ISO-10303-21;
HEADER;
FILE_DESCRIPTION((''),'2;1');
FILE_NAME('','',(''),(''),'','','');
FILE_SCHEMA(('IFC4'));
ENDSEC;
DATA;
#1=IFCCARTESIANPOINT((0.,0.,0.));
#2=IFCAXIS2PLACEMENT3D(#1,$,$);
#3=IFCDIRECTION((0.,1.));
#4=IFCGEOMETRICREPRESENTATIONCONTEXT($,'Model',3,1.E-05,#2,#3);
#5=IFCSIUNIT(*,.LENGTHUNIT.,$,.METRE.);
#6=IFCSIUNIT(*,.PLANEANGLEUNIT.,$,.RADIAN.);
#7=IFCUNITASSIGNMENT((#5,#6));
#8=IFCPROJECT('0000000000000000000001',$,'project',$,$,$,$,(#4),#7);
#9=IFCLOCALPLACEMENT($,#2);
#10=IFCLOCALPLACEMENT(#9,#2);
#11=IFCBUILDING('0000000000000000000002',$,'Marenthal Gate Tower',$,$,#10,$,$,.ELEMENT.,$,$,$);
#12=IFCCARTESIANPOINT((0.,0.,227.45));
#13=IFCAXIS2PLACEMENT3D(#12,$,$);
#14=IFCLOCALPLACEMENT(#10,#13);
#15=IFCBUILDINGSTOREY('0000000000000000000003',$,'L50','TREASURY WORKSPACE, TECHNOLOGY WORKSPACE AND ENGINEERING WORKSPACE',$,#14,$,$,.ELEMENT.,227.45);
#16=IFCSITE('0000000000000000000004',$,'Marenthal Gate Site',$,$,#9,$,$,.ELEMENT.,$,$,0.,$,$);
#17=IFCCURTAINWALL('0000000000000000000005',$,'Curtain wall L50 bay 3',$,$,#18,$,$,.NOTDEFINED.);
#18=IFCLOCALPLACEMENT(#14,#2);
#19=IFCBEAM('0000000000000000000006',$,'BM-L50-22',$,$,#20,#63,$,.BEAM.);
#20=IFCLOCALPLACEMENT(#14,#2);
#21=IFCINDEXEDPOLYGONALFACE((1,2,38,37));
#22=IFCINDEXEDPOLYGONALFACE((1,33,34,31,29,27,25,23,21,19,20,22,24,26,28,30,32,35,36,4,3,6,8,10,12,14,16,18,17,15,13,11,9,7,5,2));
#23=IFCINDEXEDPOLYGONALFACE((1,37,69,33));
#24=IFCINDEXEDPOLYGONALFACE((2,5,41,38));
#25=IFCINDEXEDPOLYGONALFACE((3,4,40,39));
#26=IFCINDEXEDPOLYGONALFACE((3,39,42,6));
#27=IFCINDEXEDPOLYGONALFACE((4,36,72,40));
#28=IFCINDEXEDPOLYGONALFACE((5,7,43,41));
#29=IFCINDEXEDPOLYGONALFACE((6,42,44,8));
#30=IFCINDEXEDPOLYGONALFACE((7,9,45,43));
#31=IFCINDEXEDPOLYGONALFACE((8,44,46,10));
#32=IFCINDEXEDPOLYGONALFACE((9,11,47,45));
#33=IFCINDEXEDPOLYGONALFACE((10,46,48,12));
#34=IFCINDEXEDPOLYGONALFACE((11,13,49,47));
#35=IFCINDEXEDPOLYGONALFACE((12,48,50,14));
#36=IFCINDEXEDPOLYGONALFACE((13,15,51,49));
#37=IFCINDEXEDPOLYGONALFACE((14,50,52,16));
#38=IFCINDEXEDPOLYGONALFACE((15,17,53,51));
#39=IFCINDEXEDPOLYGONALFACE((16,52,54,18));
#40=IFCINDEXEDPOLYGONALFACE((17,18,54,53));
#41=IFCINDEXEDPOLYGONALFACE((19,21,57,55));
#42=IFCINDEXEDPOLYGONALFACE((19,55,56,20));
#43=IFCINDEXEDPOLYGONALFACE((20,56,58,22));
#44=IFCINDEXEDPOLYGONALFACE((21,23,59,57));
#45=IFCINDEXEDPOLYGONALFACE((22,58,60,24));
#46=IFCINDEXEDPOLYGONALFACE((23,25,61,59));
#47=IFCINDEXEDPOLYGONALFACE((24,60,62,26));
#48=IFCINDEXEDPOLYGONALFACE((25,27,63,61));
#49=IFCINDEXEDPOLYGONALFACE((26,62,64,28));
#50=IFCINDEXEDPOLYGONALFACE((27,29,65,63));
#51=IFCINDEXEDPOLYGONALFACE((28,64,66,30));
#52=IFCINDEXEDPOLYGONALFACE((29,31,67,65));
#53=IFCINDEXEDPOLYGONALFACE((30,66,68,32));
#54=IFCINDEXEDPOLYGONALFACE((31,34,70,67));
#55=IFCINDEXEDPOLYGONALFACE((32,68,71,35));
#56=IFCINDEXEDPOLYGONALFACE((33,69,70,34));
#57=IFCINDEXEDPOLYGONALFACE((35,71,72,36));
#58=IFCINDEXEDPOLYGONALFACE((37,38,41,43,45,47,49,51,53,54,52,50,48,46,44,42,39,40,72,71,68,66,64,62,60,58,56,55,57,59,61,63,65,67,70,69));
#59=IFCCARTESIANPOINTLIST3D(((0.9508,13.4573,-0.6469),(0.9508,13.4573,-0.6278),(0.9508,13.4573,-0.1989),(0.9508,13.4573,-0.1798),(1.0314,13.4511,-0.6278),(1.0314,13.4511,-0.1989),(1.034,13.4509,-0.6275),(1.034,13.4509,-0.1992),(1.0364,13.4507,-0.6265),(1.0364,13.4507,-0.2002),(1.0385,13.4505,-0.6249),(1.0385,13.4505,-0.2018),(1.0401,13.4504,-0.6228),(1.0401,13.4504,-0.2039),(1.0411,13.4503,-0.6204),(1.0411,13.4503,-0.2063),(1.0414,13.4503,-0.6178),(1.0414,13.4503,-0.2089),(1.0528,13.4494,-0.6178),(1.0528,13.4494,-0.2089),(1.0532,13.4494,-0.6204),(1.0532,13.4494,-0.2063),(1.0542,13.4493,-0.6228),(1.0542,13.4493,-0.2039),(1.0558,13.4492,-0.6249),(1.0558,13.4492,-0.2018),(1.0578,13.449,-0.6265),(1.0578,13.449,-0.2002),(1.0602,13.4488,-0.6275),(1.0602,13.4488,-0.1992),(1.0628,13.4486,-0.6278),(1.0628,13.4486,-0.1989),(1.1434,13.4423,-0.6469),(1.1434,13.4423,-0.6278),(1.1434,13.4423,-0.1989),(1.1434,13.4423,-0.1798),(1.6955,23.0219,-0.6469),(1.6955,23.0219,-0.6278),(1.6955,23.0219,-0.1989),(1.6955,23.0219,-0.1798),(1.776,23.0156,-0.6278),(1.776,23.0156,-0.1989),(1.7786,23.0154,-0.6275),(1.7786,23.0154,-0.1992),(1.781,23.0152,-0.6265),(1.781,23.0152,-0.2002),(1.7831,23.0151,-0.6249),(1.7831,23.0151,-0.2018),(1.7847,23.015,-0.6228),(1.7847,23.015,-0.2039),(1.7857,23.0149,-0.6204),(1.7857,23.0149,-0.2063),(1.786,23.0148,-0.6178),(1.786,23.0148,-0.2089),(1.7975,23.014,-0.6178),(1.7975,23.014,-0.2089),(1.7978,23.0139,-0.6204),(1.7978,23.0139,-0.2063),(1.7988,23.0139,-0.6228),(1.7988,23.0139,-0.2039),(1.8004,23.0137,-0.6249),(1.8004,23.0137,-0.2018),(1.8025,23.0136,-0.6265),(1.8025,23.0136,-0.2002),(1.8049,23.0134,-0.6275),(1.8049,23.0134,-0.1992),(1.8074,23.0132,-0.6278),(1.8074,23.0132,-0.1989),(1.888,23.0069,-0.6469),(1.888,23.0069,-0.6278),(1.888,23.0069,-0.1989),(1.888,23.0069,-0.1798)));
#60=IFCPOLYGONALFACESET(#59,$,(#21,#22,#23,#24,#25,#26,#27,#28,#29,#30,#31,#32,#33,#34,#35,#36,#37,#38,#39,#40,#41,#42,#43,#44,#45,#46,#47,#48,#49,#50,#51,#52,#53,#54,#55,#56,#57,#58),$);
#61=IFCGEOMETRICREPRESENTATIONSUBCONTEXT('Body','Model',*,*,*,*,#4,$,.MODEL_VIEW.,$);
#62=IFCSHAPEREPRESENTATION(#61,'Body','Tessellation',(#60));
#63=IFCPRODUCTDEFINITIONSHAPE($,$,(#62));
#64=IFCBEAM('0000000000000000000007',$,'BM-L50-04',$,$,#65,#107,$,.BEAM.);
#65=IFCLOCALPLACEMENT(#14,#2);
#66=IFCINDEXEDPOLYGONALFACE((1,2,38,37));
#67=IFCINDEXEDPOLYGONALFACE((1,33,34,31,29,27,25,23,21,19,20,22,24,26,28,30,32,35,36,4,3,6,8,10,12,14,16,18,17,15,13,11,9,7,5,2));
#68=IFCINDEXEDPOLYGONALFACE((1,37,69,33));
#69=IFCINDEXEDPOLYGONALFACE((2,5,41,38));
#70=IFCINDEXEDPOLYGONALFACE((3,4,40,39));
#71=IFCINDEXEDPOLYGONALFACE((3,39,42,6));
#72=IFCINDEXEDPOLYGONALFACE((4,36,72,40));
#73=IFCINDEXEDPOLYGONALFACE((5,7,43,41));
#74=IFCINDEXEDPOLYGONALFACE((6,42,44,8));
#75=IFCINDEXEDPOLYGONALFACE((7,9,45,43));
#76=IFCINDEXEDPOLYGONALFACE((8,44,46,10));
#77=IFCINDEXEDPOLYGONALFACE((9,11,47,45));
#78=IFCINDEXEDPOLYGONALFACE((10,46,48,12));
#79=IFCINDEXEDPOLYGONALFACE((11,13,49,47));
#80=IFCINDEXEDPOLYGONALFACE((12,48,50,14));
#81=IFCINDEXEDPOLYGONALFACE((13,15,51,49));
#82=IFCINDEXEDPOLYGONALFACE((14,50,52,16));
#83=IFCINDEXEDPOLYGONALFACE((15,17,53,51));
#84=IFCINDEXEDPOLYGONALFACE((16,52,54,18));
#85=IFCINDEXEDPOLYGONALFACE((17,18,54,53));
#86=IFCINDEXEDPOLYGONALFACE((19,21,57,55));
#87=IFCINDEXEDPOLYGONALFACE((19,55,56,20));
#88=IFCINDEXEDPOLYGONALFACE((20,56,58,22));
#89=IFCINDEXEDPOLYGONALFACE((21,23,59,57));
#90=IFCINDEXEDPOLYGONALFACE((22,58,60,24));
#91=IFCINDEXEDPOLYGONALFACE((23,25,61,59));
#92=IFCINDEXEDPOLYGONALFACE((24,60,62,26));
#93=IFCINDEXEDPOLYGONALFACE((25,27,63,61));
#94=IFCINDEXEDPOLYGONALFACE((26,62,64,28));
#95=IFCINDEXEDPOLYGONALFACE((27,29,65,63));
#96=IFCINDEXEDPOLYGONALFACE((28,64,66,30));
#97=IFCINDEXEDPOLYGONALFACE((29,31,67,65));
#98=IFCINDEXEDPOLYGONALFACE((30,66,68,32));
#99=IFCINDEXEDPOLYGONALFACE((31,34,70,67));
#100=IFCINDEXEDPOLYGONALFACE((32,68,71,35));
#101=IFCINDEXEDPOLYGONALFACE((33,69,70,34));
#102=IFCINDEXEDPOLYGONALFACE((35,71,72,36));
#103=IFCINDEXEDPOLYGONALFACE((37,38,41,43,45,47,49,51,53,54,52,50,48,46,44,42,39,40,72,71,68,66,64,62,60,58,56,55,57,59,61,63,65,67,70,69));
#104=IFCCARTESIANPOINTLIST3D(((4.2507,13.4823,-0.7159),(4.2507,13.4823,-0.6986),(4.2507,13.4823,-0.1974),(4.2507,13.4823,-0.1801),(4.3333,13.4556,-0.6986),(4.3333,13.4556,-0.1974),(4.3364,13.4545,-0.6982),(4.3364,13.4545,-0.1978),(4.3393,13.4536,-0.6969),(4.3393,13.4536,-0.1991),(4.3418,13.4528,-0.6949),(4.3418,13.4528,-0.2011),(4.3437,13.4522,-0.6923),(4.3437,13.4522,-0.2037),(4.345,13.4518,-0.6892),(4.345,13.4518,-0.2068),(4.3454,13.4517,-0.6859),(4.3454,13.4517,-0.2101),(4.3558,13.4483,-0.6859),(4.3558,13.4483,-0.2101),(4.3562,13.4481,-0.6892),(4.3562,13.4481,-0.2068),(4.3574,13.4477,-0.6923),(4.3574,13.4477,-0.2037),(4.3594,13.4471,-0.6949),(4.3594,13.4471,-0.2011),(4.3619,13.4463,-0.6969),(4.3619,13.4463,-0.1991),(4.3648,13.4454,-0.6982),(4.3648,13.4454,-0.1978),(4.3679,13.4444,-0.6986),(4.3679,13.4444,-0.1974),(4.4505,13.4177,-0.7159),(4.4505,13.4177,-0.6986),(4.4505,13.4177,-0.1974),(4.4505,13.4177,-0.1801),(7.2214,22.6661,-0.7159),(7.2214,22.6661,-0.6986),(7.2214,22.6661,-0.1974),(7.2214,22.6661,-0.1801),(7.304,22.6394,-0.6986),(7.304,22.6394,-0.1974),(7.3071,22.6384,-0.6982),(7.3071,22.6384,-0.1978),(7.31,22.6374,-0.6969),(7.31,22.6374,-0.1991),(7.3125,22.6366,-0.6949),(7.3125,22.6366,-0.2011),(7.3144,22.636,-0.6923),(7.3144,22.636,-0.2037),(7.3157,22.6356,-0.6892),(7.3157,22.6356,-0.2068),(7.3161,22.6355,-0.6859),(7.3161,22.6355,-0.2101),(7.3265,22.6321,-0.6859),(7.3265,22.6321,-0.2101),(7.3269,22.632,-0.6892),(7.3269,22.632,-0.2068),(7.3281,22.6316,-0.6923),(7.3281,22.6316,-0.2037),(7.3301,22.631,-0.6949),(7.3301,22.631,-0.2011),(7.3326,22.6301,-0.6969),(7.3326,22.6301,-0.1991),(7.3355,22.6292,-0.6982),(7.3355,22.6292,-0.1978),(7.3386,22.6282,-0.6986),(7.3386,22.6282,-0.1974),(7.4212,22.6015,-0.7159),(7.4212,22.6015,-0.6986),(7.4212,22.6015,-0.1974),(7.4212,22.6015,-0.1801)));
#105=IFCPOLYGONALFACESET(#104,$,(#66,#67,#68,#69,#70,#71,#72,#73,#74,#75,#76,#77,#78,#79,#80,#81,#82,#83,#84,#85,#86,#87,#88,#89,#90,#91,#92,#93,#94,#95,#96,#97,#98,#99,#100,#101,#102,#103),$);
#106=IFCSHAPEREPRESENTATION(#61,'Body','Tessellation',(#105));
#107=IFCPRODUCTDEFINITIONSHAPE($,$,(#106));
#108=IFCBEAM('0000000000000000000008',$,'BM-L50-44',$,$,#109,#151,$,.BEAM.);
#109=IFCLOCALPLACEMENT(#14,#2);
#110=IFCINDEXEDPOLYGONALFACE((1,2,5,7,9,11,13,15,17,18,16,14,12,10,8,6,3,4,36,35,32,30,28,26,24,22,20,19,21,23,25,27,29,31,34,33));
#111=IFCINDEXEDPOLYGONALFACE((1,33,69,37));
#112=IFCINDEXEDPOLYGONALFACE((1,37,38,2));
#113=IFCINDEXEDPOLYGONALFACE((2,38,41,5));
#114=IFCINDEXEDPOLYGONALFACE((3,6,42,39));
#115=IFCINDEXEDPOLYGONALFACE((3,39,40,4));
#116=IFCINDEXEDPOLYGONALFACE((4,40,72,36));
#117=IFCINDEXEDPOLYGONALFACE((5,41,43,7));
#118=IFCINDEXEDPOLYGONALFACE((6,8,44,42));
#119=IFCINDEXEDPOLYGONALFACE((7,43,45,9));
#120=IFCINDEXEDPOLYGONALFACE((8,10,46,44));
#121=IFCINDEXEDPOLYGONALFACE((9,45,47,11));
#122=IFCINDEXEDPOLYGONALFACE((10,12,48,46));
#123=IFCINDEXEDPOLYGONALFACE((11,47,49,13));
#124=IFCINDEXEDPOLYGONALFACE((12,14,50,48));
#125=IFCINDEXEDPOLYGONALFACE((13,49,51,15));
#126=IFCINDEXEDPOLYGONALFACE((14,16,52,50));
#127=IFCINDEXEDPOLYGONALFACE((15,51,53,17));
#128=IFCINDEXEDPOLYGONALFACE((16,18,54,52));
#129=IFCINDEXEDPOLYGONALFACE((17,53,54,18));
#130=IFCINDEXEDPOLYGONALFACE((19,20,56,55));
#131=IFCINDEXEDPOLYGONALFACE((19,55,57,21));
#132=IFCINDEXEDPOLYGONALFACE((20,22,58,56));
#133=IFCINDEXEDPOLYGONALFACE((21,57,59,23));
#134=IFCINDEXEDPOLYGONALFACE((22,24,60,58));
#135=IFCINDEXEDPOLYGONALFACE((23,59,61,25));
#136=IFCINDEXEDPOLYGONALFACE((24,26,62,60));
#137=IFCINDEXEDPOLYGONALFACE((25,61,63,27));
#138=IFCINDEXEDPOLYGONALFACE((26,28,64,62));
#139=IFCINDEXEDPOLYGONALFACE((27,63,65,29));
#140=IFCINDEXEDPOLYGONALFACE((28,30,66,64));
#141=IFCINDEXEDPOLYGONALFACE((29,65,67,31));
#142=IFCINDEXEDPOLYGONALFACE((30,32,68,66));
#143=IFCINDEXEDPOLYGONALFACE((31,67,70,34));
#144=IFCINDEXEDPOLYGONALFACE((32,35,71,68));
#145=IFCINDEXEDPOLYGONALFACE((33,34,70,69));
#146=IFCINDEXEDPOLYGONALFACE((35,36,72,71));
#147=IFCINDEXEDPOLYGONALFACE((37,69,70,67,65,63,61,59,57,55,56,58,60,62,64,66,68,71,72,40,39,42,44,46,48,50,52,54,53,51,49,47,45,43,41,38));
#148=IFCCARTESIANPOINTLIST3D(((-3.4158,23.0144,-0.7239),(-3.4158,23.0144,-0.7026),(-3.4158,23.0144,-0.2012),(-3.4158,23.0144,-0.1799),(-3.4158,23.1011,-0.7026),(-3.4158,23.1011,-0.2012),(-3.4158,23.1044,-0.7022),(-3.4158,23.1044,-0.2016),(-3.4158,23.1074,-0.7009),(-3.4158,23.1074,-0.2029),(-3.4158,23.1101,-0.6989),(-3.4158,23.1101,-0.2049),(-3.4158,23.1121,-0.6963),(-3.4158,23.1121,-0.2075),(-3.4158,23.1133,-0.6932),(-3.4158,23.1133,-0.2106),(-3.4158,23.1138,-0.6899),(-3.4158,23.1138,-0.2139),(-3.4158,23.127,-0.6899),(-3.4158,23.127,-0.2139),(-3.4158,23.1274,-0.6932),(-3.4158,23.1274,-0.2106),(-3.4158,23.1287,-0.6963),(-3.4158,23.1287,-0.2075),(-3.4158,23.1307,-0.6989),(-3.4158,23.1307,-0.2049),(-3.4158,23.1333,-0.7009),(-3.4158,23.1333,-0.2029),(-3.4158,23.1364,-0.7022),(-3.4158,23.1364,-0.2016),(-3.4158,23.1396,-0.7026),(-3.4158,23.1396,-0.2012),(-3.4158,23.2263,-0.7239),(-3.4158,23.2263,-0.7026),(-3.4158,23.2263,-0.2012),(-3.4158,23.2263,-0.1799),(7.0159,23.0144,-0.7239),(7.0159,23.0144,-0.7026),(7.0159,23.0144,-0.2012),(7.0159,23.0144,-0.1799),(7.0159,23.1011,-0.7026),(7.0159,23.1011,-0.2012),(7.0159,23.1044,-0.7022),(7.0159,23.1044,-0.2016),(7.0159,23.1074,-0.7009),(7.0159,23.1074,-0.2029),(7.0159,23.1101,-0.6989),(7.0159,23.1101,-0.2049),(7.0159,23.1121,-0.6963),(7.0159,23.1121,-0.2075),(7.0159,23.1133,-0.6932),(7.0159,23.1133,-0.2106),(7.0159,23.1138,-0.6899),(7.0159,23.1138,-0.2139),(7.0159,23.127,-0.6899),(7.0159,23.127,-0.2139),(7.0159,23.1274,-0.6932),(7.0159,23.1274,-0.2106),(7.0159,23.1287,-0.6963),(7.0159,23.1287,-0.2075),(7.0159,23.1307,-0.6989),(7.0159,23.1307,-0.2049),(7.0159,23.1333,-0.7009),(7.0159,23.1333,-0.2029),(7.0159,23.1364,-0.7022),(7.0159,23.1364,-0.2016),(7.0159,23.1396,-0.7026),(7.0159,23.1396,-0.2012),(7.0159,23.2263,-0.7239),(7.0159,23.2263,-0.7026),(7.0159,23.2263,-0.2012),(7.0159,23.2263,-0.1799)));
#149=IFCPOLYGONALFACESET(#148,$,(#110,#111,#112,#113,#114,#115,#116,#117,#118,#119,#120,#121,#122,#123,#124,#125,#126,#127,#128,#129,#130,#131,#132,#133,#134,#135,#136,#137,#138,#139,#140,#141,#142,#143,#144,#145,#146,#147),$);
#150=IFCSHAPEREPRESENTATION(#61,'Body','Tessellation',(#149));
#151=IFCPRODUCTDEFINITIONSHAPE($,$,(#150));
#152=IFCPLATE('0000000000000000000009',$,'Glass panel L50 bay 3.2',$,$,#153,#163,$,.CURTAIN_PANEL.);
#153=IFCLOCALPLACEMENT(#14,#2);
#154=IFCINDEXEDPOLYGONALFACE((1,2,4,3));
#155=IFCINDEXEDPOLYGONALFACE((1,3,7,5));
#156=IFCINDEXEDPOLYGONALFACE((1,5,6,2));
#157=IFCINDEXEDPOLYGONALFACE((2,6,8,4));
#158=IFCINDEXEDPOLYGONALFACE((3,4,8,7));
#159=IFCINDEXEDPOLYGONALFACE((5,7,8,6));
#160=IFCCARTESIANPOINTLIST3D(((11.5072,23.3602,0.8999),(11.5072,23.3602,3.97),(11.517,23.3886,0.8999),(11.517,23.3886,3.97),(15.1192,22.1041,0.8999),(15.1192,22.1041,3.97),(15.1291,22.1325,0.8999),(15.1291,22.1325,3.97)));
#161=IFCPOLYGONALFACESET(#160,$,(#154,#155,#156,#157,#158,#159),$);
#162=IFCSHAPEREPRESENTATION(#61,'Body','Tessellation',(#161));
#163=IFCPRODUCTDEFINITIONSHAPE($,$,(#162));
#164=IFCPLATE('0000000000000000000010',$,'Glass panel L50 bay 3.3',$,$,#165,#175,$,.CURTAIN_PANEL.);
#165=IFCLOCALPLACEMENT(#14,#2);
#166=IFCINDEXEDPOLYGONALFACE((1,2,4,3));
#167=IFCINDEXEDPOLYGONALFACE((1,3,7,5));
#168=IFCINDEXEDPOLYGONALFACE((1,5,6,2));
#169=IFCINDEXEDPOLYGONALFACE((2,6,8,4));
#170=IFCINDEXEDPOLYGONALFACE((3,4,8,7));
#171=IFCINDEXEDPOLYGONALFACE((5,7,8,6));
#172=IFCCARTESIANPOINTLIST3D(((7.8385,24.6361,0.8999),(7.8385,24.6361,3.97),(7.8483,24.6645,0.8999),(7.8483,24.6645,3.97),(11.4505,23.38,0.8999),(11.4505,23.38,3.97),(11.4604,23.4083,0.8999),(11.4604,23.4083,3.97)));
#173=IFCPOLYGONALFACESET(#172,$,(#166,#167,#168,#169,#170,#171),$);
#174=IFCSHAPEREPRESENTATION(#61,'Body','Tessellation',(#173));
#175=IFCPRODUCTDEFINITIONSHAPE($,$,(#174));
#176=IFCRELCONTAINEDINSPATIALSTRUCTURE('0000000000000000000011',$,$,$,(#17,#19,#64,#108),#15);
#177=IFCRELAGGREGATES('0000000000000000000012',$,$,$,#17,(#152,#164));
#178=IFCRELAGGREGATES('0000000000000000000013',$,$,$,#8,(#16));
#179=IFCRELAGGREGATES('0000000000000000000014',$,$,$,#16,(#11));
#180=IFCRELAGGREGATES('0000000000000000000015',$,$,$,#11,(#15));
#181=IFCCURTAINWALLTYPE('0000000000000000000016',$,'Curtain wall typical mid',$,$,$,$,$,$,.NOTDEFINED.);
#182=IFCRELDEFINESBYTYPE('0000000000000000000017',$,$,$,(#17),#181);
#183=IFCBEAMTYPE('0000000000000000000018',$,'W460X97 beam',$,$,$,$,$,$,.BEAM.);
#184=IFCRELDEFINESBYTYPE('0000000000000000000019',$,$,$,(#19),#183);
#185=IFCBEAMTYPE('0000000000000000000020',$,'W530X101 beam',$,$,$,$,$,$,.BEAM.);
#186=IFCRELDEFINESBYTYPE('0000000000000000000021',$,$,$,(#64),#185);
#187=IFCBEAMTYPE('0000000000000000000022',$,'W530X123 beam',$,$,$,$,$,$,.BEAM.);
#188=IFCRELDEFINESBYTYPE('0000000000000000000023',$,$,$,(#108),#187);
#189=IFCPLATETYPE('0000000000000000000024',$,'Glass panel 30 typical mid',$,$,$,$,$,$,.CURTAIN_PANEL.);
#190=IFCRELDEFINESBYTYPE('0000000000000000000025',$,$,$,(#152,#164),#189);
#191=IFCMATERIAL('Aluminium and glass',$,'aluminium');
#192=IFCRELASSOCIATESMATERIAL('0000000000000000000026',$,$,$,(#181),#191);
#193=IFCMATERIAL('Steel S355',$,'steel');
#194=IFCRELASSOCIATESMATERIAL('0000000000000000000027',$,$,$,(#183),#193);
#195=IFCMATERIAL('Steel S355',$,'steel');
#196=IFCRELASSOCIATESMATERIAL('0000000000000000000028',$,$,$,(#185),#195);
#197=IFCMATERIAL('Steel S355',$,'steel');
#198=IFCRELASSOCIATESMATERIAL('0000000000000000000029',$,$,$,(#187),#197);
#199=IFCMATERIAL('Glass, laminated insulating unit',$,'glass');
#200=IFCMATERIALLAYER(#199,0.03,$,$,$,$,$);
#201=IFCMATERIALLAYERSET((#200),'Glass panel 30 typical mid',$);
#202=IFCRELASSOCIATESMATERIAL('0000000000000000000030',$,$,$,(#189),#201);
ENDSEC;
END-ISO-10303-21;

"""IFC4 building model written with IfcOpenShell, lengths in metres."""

from ifc_helpers import new_model, si_unit, direction, frame, origin, origin_2d, place, context, subcontext, project, spatial, rectangle, i_section, extrude, material, layer, layer_set, material_profile, profile_set, type_object, element, aggregate, save


model = new_model("IFC4")

# Units and contexts
model_context = context("Model", 3, precision=1e-05, world=origin(), true_north=direction((0.0, 1.0)))
body_context = subcontext(model_context, "Body", "Model", "MODEL_VIEW")
ifc_project = project(units=[si_unit("LENGTHUNIT", "METRE"), si_unit("PLANEANGLEUNIT", "RADIAN")], contexts=[model_context])

# Site, building, storey
site_placement = place(None, origin())
site = spatial("IfcSite", under=ifc_project, at=site_placement, Name="Marenthal Gate Site", CompositionType="ELEMENT", RefElevation=0.0)
building_placement = place(site_placement, origin())
building = spatial("IfcBuilding", under=site, at=building_placement, Name="Marenthal Gate Tower", CompositionType="ELEMENT")
storey_placement = place(building_placement, frame((0.0, 0.0, 227.45)))
storey = spatial("IfcBuildingStorey", under=building, at=storey_placement, Name="L50", Description="TREASURY WORKSPACE, TECHNOLOGY WORKSPACE AND ENGINEERING WORKSPACE", CompositionType="ELEMENT", Elevation=227.45)

# Curtain wall
ifc_material_1 = material(Name="Aluminium and glass", Category="aluminium")
curtain_wall_type = type_object("IfcCurtainWallType", Name="Curtain wall typical mid", PredefinedType="NOTDEFINED", material=ifc_material_1)
curtain_wall_placement = place(storey_placement, origin())
curtain_wall = element("IfcCurtainWall", 1, at=curtain_wall_placement, inside=storey, type_object=curtain_wall_type, Name="Curtain wall L50 bay 3", PredefinedType="NOTDEFINED")

# Beams
ifc_material_2 = material(Name="Steel S355", Category="steel")
ifc_material_profile_1 = material_profile(ifc_material_2, i_section(OverallWidth=0.1931, OverallDepth=0.467, WebThickness=0.0115, FlangeThickness=0.019, FilletRadius=0.01, at=origin_2d()), Name="W460X97")
ifc_profile_set_1 = profile_set([ifc_material_profile_1], Name="Steel S355")
beam_type_1 = type_object("IfcBeamType", Name="W460X97 beam", PredefinedType="BEAM", material=ifc_profile_set_1)
beam_1_placement = place(storey_placement, frame((1.7917, 23.0144, -0.4133), z_axis=(-0.077619, -0.996983, 0.0), x_axis=(0.996983, -0.077619, 0.0)))
element("IfcBeam", 2, at=beam_1_placement, inside=storey, type_object=beam_type_1, Name="BM-L50-22", PredefinedType="BEAM", context=body_context, shape_type="SweptSolid", body=[
    extrude(i_section(OverallWidth=0.1931, OverallDepth=0.467, WebThickness=0.0115, FlangeThickness=0.019, FilletRadius=0.01, at=origin_2d()), origin(), (0.0, 0.0, 1.0), 9.5935),
])
ifc_material_3 = material(Name="Steel S355", Category="steel")
ifc_material_profile_2 = material_profile(ifc_material_3, i_section(OverallWidth=0.21, OverallDepth=0.5359, WebThickness=0.011, FlangeThickness=0.0173, FilletRadius=0.0127, at=origin_2d()), Name="W530X101")
ifc_profile_set_2 = profile_set([ifc_material_profile_2], Name="Steel S355")
beam_type_2 = type_object("IfcBeamType", Name="W530X101 beam", PredefinedType="BEAM", material=ifc_profile_set_2)
beam_2_placement = place(storey_placement, frame((7.3213, 22.6338, -0.448), z_axis=(-0.30777, -0.951461, 0.0), x_axis=(0.951461, -0.30777, 0.0)))
element("IfcBeam", 3, at=beam_2_placement, inside=storey, type_object=beam_type_2, Name="BM-L50-04", PredefinedType="BEAM", context=body_context, shape_type="SweptSolid", body=[
    extrude(i_section(OverallWidth=0.21, OverallDepth=0.5359, WebThickness=0.011, FlangeThickness=0.0173, FilletRadius=0.0127, at=origin_2d()), origin(), (0.0, 0.0, 1.0), 9.6523),
])
ifc_material_4 = material(Name="Steel S355", Category="steel")
ifc_material_profile_3 = material_profile(ifc_material_4, i_section(OverallWidth=0.2119, OverallDepth=0.5439, WebThickness=0.0132, FlangeThickness=0.0212, FilletRadius=0.0127, at=origin_2d()), Name="W530X123")
ifc_profile_set_3 = profile_set([ifc_material_profile_3], Name="Steel S355")
beam_type_3 = type_object("IfcBeamType", Name="W530X123 beam", PredefinedType="BEAM", material=ifc_profile_set_3)
beam_3_placement = place(storey_placement, frame((7.0159, 23.1204, -0.4519), z_axis=(-1.0, 0.0, 0.0), x_axis=(0.0, -1.0, 0.0)))
element("IfcBeam", 4, at=beam_3_placement, inside=storey, type_object=beam_type_3, Name="BM-L50-44", PredefinedType="BEAM", context=body_context, shape_type="SweptSolid", body=[
    extrude(i_section(OverallWidth=0.2119, OverallDepth=0.5439, WebThickness=0.0132, FlangeThickness=0.0212, FilletRadius=0.0127, at=origin_2d()), origin(), (0.0, 0.0, 1.0), 10.4316),
])

# Plates
ifc_material_5 = material(Name="Glass, laminated insulating unit", Category="glass")
ifc_layer_1 = layer(ifc_material_5, 0.03)
ifc_layer_set_1 = layer_set([ifc_layer_1], Name="Glass panel 30 typical mid")
plate_type = type_object("IfcPlateType", Name="Glass panel 30 typical mid", PredefinedType="CURTAIN_PANEL", material=ifc_layer_set_1)
plate_1_placement = place(storey_placement, frame((13.3181, 22.7463, 0.8999), z_axis=(0.0, 0.0, 1.0), x_axis=(-0.944515, 0.328468, 0.0)))
plate_1 = element("IfcPlate", 5, at=plate_1_placement, type_object=plate_type, Name="Glass panel L50 bay 3.2", PredefinedType="CURTAIN_PANEL", context=body_context, shape_type="SweptSolid", body=[
    extrude(rectangle(XDim=3.8242, YDim=0.03, at=origin_2d()), origin(), (0.0, 0.0, 1.0), 3.0701),
])
plate_2_placement = place(storey_placement, frame((9.6494, 24.0222, 0.8999), z_axis=(0.0, 0.0, 1.0), x_axis=(-0.944515, 0.328468, 0.0)))
plate_2 = element("IfcPlate", 6, at=plate_2_placement, type_object=plate_type, Name="Glass panel L50 bay 3.3", PredefinedType="CURTAIN_PANEL", context=body_context, shape_type="SweptSolid", body=[
    extrude(rectangle(XDim=3.8242, YDim=0.03, at=origin_2d()), origin(), (0.0, 0.0, 1.0), 3.0701),
])
aggregate(curtain_wall, [plate_1, plate_2])

save(model, "model.ifc")
